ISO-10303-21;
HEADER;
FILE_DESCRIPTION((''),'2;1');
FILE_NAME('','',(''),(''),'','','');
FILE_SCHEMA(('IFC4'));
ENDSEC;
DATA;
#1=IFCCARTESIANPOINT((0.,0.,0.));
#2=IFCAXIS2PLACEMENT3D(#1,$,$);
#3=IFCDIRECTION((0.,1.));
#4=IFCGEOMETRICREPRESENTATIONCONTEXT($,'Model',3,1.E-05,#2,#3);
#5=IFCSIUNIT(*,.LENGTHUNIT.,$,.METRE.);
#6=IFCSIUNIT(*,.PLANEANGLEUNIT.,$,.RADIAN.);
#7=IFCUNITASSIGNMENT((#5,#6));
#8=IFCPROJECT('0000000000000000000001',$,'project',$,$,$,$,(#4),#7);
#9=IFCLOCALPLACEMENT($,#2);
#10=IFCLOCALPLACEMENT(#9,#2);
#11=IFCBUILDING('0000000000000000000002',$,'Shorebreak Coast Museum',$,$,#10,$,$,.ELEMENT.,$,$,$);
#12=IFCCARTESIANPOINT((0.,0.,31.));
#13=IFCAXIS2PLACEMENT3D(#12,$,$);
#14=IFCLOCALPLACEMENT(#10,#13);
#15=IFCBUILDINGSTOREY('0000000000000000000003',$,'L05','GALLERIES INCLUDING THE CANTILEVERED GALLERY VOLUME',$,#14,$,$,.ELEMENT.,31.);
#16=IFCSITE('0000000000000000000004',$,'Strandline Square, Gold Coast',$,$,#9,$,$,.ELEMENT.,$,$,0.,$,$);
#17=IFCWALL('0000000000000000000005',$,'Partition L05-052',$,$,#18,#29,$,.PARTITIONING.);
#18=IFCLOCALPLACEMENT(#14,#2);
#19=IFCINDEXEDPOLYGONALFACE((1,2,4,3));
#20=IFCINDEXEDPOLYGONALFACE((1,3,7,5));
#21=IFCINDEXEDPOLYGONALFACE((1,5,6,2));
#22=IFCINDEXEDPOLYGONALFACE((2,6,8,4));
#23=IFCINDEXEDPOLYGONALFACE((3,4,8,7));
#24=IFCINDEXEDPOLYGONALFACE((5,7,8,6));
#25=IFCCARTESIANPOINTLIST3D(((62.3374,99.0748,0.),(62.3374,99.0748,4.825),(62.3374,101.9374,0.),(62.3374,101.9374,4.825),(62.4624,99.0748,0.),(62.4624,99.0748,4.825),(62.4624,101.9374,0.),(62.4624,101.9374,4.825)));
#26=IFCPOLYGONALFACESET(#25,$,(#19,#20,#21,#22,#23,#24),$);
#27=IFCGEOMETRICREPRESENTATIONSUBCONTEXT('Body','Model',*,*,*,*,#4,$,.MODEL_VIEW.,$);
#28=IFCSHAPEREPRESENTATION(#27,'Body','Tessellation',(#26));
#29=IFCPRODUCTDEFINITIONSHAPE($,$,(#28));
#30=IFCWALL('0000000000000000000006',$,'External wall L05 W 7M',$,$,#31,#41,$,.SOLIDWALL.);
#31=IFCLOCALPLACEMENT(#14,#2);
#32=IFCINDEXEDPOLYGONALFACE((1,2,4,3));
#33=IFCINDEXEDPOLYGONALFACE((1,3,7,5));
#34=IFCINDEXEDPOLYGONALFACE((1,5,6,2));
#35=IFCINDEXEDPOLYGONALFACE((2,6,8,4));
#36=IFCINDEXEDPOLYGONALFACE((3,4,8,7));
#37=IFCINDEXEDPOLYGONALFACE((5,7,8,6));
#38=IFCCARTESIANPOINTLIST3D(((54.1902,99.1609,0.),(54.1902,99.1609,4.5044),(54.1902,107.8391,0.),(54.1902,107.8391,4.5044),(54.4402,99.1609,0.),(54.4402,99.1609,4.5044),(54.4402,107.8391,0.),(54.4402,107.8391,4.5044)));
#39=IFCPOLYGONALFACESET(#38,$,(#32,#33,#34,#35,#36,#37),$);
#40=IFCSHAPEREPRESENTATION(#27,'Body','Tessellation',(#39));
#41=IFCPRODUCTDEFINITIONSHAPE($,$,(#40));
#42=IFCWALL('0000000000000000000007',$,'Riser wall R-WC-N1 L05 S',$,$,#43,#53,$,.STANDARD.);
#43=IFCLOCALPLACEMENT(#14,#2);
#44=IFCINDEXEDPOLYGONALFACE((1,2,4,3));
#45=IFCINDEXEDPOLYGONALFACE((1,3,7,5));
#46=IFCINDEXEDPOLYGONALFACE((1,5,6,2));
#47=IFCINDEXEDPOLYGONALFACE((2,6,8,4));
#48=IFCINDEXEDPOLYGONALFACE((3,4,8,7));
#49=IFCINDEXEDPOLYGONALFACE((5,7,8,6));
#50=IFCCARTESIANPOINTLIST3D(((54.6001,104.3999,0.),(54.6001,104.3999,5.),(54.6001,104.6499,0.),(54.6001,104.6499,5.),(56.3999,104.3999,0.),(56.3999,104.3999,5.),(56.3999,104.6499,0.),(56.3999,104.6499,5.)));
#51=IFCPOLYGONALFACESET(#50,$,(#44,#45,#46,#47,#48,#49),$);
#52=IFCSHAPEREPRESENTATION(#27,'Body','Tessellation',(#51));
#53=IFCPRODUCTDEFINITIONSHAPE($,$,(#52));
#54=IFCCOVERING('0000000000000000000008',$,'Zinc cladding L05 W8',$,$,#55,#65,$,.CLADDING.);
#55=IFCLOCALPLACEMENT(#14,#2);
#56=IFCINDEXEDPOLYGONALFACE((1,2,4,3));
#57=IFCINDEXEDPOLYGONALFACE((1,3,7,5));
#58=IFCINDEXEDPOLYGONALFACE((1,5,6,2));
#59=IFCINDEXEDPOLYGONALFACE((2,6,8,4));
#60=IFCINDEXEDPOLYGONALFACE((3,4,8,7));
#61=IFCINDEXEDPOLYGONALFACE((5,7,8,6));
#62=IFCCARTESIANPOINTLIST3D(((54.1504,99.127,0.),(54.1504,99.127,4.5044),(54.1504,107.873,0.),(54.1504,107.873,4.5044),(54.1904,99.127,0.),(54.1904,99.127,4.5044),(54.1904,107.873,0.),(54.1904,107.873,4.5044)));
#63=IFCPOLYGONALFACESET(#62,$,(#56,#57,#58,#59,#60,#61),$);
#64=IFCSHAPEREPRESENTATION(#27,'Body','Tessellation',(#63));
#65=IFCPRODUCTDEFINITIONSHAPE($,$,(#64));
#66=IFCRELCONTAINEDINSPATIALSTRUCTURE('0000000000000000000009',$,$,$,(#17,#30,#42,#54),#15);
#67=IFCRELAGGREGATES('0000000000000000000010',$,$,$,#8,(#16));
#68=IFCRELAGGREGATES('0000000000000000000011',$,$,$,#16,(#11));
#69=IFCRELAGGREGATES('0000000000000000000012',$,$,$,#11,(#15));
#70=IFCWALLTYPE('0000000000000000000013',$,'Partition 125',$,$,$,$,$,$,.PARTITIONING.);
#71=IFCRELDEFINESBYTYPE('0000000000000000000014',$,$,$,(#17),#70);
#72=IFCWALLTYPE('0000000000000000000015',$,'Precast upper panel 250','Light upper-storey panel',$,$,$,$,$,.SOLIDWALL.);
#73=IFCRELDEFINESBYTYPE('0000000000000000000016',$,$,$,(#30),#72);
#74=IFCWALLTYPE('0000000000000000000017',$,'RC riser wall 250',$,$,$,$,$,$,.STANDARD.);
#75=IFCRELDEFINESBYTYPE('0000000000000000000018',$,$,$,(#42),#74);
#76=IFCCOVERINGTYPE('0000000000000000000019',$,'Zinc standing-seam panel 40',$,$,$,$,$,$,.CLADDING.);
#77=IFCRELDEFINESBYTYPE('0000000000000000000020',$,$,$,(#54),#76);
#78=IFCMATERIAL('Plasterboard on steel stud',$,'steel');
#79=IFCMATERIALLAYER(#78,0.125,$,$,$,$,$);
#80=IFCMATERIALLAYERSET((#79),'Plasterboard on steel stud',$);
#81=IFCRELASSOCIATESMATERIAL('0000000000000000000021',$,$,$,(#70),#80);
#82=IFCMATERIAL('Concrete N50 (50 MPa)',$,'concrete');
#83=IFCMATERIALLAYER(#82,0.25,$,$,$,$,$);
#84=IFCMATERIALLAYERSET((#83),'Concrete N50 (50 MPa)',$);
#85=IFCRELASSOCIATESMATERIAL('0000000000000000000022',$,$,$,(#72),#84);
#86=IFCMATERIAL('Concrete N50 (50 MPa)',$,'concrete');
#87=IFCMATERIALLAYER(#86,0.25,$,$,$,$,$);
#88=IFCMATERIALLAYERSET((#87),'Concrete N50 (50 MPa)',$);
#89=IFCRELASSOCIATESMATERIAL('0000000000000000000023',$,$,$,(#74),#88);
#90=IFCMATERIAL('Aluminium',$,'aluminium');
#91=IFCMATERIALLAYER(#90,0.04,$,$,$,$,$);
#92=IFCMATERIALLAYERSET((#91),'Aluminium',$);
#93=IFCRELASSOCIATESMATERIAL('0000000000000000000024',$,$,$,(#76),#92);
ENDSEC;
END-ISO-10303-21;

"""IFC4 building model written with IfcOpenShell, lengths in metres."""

from ifc_helpers import new_model, si_unit, direction, frame, frame_2d, origin, origin_2d, place, context, subcontext, project, spatial, rectangle, extrude, material, layer, layer_set, type_object, element, save


model = new_model("IFC4")

# Units and contexts
model_context = context("Model", 3, precision=1e-05, world=origin(), true_north=direction((0.0, 1.0)))
body_context = subcontext(model_context, "Body", "Model", "MODEL_VIEW")
ifc_project = project(units=[si_unit("LENGTHUNIT", "METRE"), si_unit("PLANEANGLEUNIT", "RADIAN")], contexts=[model_context])

# Site, building, storey
site_placement = place(None, origin())
site = spatial("IfcSite", under=ifc_project, at=site_placement, Name="Strandline Square, Gold Coast", CompositionType="ELEMENT", RefElevation=0.0)
building_placement = place(site_placement, origin())
building = spatial("IfcBuilding", under=site, at=building_placement, Name="Shorebreak Coast Museum", CompositionType="ELEMENT")
storey_placement = place(building_placement, frame((0.0, 0.0, 31.0)))
storey = spatial("IfcBuildingStorey", under=building, at=storey_placement, Name="L05", Description="GALLERIES INCLUDING THE CANTILEVERED GALLERY VOLUME", CompositionType="ELEMENT", Elevation=31.0)

# Shared definitions
ifc_material_1 = material(Name="Plasterboard on steel stud", Category="steel")
ifc_layer_1 = layer(ifc_material_1, 0.125)
ifc_layer_set_1 = layer_set([ifc_layer_1], Name="Plasterboard on steel stud")
wall_type_1 = type_object("IfcWallType", Name="Partition 125", PredefinedType="PARTITIONING", material=ifc_layer_set_1)

# Walls
wall_1_placement = place(storey_placement, frame((62.3999, 99.075, 0.0), z_axis=(0.0, 0.0, 1.0), x_axis=(0.0, 1.0, 0.0)))
element("IfcWall", 1, at=wall_1_placement, inside=storey, type_object=wall_type_1, Name="Partition L05-052", PredefinedType="PARTITIONING", context=body_context, shape_type="SweptSolid", body=[
    extrude(rectangle(XDim=2.8625, YDim=0.125, at=frame_2d((1.4312, 0.0))), origin(), (0.0, 0.0, 1.0), 4.825),
])
ifc_material_2 = material(Name="Concrete N50 (50 MPa)", Category="concrete")
ifc_layer_2 = layer(ifc_material_2, 0.25)
ifc_layer_set_2 = layer_set([ifc_layer_2], Name="Concrete N50 (50 MPa)")
wall_type_2 = type_object("IfcWallType", Name="Precast upper panel 250", Description="Light upper-storey panel", PredefinedType="SOLIDWALL", material=ifc_layer_set_2)
wall_2_placement = place(storey_placement, frame((54.3152, 99.1609, 0.0), z_axis=(0.0, 0.0, 1.0), x_axis=(0.0, 1.0, 0.0)))
element("IfcWall", 2, at=wall_2_placement, inside=storey, type_object=wall_type_2, Name="External wall L05 W 7M", PredefinedType="SOLIDWALL", context=body_context, shape_type="SweptSolid", body=[
    extrude(rectangle(XDim=8.6782, YDim=0.25, at=frame_2d((4.3391, 0.0))), origin(), (0.0, 0.0, 1.0), 4.5044),
])
ifc_material_3 = material(Name="Concrete N50 (50 MPa)", Category="concrete")
ifc_layer_3 = layer(ifc_material_3, 0.25)
ifc_layer_set_3 = layer_set([ifc_layer_3], Name="Concrete N50 (50 MPa)")
wall_type_3 = type_object("IfcWallType", Name="RC riser wall 250", PredefinedType="STANDARD", material=ifc_layer_set_3)
wall_3_placement = place(storey_placement, frame((54.6001, 104.5249, 0.0), z_axis=(0.0, 0.0, 1.0), x_axis=(1.0, 0.0, 0.0)))
element("IfcWall", 3, at=wall_3_placement, inside=storey, type_object=wall_type_3, Name="Riser wall R-WC-N1 L05 S", PredefinedType="STANDARD", context=body_context, shape_type="SweptSolid", body=[
    extrude(rectangle(XDim=1.7998, YDim=0.25, at=frame_2d((0.8999, 0.0))), origin(), (0.0, 0.0, 1.0), 5.0),
])

# Covering
ifc_material_4 = material(Name="Aluminium", Category="aluminium")
ifc_layer_4 = layer(ifc_material_4, 0.04)
ifc_layer_set_4 = layer_set([ifc_layer_4], Name="Aluminium")
covering_type = type_object("IfcCoveringType", Name="Zinc standing-seam panel 40", PredefinedType="CLADDING", material=ifc_layer_set_4)
covering_placement = place(storey_placement, frame((54.1704, 103.5, 0.0), z_axis=(0.0, 0.0, 1.0), x_axis=(1.0, 0.0, 0.0)))
element("IfcCovering", 4, at=covering_placement, inside=storey, type_object=covering_type, Name="Zinc cladding L05 W8", PredefinedType="CLADDING", context=body_context, shape_type="SweptSolid", body=[
    extrude(rectangle(XDim=0.04, YDim=8.7461, at=origin_2d()), origin(), (0.0, 0.0, 1.0), 4.5044),
])

save(model, "model.ifc")
